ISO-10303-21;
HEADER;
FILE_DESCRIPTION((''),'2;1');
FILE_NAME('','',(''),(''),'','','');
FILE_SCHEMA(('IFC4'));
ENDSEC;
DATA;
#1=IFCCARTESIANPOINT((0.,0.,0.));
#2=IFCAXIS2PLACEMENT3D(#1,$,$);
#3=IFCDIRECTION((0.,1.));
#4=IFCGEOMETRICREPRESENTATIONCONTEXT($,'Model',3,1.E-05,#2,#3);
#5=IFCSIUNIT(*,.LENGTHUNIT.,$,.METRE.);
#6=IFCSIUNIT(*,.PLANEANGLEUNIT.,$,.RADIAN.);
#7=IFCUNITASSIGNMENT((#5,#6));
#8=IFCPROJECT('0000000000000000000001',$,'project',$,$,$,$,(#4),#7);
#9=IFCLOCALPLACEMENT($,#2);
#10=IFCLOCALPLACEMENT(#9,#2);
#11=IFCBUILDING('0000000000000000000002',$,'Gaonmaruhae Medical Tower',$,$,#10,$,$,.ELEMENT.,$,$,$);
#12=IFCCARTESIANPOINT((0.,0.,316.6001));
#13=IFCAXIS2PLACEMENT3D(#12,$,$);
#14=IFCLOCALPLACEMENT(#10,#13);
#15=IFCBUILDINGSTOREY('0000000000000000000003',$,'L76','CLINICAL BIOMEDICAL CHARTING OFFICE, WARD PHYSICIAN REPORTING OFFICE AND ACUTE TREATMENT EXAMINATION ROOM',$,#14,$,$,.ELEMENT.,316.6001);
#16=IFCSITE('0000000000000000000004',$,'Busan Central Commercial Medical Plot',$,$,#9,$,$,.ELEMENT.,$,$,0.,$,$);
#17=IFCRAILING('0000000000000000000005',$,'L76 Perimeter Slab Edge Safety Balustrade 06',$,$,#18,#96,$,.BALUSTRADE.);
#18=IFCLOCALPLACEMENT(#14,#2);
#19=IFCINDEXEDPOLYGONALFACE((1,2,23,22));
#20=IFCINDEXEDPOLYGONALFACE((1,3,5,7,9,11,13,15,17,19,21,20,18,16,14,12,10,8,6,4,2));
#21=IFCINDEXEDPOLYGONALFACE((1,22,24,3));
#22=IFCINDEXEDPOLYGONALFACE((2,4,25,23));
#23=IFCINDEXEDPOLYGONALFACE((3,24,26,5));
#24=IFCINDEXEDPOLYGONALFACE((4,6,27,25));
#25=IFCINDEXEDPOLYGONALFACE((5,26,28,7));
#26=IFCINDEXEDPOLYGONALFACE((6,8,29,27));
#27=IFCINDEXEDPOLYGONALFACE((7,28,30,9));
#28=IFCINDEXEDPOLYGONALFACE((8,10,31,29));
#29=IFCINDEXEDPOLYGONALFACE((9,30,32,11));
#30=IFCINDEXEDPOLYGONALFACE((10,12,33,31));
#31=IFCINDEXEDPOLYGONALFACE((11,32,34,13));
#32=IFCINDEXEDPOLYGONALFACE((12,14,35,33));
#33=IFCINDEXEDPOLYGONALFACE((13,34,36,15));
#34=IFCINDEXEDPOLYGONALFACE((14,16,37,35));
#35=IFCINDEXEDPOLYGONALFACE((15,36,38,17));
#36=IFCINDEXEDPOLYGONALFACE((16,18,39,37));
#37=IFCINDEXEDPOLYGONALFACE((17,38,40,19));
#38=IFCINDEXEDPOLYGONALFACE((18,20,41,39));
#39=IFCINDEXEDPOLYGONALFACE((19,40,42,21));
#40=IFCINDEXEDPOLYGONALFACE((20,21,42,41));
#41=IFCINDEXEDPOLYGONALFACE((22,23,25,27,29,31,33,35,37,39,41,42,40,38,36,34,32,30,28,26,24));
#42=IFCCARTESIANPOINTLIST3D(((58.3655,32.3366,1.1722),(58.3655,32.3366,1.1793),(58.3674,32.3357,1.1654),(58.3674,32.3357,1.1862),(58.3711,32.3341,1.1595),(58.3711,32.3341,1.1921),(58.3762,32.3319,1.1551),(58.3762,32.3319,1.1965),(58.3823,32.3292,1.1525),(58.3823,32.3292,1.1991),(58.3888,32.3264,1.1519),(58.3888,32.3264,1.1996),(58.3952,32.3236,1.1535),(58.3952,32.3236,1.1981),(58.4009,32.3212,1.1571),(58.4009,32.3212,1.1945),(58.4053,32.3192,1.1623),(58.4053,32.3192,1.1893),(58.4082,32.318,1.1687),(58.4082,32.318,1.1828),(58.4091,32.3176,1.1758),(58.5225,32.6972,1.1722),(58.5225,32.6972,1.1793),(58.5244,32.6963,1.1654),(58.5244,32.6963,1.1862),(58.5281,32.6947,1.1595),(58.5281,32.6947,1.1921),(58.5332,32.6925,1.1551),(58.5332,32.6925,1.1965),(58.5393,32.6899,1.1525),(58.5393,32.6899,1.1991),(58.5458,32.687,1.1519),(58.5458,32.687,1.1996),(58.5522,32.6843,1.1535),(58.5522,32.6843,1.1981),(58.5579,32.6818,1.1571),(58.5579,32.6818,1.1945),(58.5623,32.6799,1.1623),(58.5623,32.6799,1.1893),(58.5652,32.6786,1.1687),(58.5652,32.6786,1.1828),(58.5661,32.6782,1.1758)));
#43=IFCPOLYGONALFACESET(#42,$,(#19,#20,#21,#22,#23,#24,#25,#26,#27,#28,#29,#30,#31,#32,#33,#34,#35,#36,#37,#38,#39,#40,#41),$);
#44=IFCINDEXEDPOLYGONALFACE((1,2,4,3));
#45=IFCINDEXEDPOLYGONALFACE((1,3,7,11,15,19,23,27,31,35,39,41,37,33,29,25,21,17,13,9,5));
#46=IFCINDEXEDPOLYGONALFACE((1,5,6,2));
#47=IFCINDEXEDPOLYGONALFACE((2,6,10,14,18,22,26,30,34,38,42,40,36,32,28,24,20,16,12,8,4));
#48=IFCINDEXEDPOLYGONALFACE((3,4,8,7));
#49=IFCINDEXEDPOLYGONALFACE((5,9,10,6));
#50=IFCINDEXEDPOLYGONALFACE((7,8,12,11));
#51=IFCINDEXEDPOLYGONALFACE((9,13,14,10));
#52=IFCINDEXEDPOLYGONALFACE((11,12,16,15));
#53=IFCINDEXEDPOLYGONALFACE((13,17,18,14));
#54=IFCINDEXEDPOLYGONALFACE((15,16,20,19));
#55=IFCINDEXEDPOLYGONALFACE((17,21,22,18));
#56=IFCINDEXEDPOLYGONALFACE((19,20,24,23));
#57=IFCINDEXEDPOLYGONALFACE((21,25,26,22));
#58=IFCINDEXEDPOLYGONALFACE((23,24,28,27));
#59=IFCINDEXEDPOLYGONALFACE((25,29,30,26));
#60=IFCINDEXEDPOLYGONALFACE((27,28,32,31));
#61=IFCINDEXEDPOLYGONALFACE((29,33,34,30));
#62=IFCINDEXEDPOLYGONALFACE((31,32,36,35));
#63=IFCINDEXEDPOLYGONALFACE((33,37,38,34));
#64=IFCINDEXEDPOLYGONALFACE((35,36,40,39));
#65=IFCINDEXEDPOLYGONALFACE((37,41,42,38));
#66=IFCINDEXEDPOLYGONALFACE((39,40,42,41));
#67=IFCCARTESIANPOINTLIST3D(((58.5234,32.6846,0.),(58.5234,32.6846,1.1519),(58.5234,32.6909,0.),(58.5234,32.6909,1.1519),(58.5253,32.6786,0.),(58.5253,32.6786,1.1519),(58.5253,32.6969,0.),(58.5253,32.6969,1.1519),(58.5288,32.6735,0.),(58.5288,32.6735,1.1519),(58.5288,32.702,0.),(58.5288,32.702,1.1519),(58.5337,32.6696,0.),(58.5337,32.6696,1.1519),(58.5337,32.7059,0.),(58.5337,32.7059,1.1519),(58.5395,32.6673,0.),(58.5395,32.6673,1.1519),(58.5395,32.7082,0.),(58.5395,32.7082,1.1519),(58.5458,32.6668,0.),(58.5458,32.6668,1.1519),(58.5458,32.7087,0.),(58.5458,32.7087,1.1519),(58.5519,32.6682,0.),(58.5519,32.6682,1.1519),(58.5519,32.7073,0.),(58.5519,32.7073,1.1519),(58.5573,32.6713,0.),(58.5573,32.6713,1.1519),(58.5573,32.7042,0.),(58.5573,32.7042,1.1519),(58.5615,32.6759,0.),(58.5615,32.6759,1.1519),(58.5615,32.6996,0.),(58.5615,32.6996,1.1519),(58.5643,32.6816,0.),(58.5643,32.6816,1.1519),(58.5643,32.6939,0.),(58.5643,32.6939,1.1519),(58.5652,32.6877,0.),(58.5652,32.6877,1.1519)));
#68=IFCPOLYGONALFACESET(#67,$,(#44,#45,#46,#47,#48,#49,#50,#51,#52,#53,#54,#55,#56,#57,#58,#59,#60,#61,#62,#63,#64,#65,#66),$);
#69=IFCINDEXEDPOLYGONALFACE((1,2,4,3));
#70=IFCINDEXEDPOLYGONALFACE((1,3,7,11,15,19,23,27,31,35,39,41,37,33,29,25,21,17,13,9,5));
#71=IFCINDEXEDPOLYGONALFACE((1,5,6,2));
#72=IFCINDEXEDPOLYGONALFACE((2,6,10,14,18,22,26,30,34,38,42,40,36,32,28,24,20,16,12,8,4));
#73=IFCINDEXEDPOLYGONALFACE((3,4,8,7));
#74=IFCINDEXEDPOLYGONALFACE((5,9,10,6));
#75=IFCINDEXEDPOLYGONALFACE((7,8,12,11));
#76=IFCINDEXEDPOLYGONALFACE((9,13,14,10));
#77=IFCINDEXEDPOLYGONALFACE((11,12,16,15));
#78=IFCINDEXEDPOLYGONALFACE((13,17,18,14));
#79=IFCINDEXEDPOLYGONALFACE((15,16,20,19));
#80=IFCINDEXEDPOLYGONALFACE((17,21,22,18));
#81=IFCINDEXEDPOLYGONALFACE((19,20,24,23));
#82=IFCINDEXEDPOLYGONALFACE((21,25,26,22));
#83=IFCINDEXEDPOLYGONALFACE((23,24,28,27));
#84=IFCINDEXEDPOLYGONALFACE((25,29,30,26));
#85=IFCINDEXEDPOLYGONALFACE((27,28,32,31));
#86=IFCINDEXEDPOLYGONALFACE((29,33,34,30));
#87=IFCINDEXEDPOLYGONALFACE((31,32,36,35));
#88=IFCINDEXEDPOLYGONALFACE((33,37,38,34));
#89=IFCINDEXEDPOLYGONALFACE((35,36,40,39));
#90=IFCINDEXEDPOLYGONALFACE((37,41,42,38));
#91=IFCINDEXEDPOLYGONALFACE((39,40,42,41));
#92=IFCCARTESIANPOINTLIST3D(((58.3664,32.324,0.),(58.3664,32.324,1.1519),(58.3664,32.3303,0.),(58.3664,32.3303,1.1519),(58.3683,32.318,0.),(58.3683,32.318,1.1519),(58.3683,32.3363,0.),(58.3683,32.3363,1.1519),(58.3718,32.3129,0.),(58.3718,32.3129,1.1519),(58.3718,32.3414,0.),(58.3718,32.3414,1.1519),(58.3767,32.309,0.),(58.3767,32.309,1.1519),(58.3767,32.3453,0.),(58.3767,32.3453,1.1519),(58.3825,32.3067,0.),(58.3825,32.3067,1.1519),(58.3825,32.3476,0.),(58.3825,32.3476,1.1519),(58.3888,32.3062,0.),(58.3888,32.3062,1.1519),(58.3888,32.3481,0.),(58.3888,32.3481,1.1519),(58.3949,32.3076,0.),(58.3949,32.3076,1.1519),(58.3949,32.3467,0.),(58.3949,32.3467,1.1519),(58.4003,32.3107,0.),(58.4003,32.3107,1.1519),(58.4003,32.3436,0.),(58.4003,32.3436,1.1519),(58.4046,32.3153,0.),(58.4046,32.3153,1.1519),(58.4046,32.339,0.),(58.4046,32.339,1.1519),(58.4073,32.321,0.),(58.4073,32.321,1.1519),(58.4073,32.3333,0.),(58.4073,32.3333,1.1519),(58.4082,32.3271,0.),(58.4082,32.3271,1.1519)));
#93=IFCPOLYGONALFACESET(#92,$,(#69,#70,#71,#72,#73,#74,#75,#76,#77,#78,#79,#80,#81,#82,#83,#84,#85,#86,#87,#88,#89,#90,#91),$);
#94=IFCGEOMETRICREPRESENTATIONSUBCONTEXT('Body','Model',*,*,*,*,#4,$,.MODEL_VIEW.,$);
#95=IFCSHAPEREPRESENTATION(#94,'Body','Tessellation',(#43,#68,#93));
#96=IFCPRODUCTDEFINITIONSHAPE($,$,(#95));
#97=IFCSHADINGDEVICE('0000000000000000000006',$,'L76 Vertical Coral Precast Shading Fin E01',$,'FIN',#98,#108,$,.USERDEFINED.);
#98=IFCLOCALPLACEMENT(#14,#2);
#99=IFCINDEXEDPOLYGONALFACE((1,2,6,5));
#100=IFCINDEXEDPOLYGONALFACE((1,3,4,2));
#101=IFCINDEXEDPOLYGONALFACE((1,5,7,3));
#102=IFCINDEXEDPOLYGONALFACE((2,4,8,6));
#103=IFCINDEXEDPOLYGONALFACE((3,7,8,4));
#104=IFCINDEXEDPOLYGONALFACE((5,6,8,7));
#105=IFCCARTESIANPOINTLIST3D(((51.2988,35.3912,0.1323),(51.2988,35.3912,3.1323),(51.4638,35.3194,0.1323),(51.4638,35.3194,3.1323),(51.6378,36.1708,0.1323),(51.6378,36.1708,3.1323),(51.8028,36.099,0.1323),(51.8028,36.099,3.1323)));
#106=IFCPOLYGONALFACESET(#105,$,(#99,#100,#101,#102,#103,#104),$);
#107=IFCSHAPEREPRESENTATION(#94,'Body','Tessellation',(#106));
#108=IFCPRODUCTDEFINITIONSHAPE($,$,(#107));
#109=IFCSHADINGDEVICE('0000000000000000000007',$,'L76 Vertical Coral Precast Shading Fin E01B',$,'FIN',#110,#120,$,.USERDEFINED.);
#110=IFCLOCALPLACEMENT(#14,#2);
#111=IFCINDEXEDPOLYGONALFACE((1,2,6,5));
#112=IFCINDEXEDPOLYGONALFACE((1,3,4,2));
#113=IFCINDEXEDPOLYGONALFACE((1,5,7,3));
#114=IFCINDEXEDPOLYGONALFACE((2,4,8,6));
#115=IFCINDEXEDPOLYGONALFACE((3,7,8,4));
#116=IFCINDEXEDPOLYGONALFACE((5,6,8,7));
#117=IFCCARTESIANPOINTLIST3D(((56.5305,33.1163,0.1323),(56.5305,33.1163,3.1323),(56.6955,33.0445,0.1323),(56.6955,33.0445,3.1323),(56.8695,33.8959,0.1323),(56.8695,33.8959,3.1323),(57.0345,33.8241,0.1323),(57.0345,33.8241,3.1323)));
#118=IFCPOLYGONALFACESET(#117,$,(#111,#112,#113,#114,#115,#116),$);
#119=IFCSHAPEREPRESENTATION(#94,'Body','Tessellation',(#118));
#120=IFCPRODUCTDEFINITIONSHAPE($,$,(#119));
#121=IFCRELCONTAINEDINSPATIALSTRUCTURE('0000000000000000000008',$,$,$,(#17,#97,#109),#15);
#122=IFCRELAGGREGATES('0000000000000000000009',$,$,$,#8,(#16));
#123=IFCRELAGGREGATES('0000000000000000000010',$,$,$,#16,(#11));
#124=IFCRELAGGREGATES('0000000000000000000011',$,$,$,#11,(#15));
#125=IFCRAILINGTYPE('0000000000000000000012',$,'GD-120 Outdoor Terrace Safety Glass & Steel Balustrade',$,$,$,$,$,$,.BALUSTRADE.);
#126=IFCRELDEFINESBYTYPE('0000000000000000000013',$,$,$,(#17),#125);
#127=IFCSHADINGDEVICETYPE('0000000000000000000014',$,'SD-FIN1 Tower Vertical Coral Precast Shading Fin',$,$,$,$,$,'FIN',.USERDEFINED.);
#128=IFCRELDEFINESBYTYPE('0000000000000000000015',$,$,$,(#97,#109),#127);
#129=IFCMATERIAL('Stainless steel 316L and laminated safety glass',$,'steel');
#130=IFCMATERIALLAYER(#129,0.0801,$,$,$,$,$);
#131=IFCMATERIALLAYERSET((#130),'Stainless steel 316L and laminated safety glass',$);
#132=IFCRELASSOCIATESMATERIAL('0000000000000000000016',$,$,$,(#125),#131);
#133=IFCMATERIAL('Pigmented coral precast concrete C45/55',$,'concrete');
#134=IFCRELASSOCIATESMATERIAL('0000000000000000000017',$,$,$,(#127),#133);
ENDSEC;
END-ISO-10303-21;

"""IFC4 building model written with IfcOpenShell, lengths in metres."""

from ifc_helpers import new_model, si_unit, direction, frame, origin, origin_2d, place, context, subcontext, project, spatial, rectangle, circle, extrude, material, layer, layer_set, type_object, element, save


model = new_model("IFC4")

# Units and contexts
model_context = context("Model", 3, precision=1e-05, world=origin(), true_north=direction((0.0, 1.0)))
body_context = subcontext(model_context, "Body", "Model", "MODEL_VIEW")
ifc_project = project(units=[si_unit("LENGTHUNIT", "METRE"), si_unit("PLANEANGLEUNIT", "RADIAN")], contexts=[model_context])

# Site, building, storey
site_placement = place(None, origin())
site = spatial("IfcSite", under=ifc_project, at=site_placement, Name="Busan Central Commercial Medical Plot", CompositionType="ELEMENT", RefElevation=0.0)
building_placement = place(site_placement, origin())
building = spatial("IfcBuilding", under=site, at=building_placement, Name="Gaonmaruhae Medical Tower", CompositionType="ELEMENT")
storey_placement = place(building_placement, frame((0.0, 0.0, 316.6001)))
storey = spatial("IfcBuildingStorey", under=building, at=storey_placement, Name="L76", Description="CLINICAL BIOMEDICAL CHARTING OFFICE, WARD PHYSICIAN REPORTING OFFICE AND ACUTE TREATMENT EXAMINATION ROOM", CompositionType="ELEMENT", Elevation=316.6001)

# Railing
ifc_material_1 = material(Name="Stainless steel 316L and laminated safety glass", Category="steel")
ifc_layer_1 = layer(ifc_material_1, 0.0801)
ifc_layer_set_1 = layer_set([ifc_layer_1], Name="Stainless steel 316L and laminated safety glass")
railing_type = type_object("IfcRailingType", Name="GD-120 Outdoor Terrace Safety Glass & Steel Balustrade", PredefinedType="BALUSTRADE", material=ifc_layer_set_1)
railing_1_placement = place(storey_placement, frame((58.5442, 32.6877, 0.0)))
element("IfcRailing", 1, at=railing_1_placement, inside=storey, type_object=railing_type, Name="L76 Perimeter Slab Edge Safety Balustrade 06", PredefinedType="BALUSTRADE", context=body_context, shape_type="SweptSolid", body=[
    extrude(circle(Radius=0.0239, at=origin_2d()), frame((0.0, 0.0, 1.1758), z_axis=(-0.399157, -0.916882, 0.0), x_axis=(0.916882, -0.399157, 0.0)), (0.0, 0.0, 1.0), 0.3933),
    extrude(circle(Radius=0.021, at=origin_2d()), origin(), (0.0, 0.0, 1.0), 1.1519),
    extrude(circle(Radius=0.021, at=origin_2d()), frame((-0.157, -0.3606, 0.0)), (0.0, 0.0, 1.0), 1.1519),
])

# Shading devices
ifc_material_2 = material(Name="Pigmented coral precast concrete C45/55", Category="concrete")
shading_device_type = type_object("IfcShadingDeviceType", Name="SD-FIN1 Tower Vertical Coral Precast Shading Fin", ElementType="FIN", PredefinedType="USERDEFINED", material=ifc_material_2)
for number, where, z_axis, x_axis, name in (
    (2, (51.5508, 35.7451, 0.1323), (0.0, 0.0, 1.0), (0.91706, -0.398749, 0.0), "L76 Vertical Coral Precast Shading Fin E01"),
    (3, (56.7825, 33.4702, 0.1323), (0.0, 0.0, 1.0), (0.91706, -0.398749, 0.0), "L76 Vertical Coral Precast Shading Fin E01B"),
):
    element("IfcShadingDevice", number, at=place(storey_placement, frame(where, z_axis=z_axis, x_axis=x_axis)), inside=storey, type_object=shading_device_type, Name=name, ObjectType="FIN", PredefinedType="USERDEFINED", context=body_context, shape_type="SweptSolid", body=[
        extrude(rectangle(XDim=0.1799, YDim=0.8501, at=origin_2d()), origin(), (0.0, 0.0, 1.0), 3.0),
    ])

save(model, "model.ifc")
